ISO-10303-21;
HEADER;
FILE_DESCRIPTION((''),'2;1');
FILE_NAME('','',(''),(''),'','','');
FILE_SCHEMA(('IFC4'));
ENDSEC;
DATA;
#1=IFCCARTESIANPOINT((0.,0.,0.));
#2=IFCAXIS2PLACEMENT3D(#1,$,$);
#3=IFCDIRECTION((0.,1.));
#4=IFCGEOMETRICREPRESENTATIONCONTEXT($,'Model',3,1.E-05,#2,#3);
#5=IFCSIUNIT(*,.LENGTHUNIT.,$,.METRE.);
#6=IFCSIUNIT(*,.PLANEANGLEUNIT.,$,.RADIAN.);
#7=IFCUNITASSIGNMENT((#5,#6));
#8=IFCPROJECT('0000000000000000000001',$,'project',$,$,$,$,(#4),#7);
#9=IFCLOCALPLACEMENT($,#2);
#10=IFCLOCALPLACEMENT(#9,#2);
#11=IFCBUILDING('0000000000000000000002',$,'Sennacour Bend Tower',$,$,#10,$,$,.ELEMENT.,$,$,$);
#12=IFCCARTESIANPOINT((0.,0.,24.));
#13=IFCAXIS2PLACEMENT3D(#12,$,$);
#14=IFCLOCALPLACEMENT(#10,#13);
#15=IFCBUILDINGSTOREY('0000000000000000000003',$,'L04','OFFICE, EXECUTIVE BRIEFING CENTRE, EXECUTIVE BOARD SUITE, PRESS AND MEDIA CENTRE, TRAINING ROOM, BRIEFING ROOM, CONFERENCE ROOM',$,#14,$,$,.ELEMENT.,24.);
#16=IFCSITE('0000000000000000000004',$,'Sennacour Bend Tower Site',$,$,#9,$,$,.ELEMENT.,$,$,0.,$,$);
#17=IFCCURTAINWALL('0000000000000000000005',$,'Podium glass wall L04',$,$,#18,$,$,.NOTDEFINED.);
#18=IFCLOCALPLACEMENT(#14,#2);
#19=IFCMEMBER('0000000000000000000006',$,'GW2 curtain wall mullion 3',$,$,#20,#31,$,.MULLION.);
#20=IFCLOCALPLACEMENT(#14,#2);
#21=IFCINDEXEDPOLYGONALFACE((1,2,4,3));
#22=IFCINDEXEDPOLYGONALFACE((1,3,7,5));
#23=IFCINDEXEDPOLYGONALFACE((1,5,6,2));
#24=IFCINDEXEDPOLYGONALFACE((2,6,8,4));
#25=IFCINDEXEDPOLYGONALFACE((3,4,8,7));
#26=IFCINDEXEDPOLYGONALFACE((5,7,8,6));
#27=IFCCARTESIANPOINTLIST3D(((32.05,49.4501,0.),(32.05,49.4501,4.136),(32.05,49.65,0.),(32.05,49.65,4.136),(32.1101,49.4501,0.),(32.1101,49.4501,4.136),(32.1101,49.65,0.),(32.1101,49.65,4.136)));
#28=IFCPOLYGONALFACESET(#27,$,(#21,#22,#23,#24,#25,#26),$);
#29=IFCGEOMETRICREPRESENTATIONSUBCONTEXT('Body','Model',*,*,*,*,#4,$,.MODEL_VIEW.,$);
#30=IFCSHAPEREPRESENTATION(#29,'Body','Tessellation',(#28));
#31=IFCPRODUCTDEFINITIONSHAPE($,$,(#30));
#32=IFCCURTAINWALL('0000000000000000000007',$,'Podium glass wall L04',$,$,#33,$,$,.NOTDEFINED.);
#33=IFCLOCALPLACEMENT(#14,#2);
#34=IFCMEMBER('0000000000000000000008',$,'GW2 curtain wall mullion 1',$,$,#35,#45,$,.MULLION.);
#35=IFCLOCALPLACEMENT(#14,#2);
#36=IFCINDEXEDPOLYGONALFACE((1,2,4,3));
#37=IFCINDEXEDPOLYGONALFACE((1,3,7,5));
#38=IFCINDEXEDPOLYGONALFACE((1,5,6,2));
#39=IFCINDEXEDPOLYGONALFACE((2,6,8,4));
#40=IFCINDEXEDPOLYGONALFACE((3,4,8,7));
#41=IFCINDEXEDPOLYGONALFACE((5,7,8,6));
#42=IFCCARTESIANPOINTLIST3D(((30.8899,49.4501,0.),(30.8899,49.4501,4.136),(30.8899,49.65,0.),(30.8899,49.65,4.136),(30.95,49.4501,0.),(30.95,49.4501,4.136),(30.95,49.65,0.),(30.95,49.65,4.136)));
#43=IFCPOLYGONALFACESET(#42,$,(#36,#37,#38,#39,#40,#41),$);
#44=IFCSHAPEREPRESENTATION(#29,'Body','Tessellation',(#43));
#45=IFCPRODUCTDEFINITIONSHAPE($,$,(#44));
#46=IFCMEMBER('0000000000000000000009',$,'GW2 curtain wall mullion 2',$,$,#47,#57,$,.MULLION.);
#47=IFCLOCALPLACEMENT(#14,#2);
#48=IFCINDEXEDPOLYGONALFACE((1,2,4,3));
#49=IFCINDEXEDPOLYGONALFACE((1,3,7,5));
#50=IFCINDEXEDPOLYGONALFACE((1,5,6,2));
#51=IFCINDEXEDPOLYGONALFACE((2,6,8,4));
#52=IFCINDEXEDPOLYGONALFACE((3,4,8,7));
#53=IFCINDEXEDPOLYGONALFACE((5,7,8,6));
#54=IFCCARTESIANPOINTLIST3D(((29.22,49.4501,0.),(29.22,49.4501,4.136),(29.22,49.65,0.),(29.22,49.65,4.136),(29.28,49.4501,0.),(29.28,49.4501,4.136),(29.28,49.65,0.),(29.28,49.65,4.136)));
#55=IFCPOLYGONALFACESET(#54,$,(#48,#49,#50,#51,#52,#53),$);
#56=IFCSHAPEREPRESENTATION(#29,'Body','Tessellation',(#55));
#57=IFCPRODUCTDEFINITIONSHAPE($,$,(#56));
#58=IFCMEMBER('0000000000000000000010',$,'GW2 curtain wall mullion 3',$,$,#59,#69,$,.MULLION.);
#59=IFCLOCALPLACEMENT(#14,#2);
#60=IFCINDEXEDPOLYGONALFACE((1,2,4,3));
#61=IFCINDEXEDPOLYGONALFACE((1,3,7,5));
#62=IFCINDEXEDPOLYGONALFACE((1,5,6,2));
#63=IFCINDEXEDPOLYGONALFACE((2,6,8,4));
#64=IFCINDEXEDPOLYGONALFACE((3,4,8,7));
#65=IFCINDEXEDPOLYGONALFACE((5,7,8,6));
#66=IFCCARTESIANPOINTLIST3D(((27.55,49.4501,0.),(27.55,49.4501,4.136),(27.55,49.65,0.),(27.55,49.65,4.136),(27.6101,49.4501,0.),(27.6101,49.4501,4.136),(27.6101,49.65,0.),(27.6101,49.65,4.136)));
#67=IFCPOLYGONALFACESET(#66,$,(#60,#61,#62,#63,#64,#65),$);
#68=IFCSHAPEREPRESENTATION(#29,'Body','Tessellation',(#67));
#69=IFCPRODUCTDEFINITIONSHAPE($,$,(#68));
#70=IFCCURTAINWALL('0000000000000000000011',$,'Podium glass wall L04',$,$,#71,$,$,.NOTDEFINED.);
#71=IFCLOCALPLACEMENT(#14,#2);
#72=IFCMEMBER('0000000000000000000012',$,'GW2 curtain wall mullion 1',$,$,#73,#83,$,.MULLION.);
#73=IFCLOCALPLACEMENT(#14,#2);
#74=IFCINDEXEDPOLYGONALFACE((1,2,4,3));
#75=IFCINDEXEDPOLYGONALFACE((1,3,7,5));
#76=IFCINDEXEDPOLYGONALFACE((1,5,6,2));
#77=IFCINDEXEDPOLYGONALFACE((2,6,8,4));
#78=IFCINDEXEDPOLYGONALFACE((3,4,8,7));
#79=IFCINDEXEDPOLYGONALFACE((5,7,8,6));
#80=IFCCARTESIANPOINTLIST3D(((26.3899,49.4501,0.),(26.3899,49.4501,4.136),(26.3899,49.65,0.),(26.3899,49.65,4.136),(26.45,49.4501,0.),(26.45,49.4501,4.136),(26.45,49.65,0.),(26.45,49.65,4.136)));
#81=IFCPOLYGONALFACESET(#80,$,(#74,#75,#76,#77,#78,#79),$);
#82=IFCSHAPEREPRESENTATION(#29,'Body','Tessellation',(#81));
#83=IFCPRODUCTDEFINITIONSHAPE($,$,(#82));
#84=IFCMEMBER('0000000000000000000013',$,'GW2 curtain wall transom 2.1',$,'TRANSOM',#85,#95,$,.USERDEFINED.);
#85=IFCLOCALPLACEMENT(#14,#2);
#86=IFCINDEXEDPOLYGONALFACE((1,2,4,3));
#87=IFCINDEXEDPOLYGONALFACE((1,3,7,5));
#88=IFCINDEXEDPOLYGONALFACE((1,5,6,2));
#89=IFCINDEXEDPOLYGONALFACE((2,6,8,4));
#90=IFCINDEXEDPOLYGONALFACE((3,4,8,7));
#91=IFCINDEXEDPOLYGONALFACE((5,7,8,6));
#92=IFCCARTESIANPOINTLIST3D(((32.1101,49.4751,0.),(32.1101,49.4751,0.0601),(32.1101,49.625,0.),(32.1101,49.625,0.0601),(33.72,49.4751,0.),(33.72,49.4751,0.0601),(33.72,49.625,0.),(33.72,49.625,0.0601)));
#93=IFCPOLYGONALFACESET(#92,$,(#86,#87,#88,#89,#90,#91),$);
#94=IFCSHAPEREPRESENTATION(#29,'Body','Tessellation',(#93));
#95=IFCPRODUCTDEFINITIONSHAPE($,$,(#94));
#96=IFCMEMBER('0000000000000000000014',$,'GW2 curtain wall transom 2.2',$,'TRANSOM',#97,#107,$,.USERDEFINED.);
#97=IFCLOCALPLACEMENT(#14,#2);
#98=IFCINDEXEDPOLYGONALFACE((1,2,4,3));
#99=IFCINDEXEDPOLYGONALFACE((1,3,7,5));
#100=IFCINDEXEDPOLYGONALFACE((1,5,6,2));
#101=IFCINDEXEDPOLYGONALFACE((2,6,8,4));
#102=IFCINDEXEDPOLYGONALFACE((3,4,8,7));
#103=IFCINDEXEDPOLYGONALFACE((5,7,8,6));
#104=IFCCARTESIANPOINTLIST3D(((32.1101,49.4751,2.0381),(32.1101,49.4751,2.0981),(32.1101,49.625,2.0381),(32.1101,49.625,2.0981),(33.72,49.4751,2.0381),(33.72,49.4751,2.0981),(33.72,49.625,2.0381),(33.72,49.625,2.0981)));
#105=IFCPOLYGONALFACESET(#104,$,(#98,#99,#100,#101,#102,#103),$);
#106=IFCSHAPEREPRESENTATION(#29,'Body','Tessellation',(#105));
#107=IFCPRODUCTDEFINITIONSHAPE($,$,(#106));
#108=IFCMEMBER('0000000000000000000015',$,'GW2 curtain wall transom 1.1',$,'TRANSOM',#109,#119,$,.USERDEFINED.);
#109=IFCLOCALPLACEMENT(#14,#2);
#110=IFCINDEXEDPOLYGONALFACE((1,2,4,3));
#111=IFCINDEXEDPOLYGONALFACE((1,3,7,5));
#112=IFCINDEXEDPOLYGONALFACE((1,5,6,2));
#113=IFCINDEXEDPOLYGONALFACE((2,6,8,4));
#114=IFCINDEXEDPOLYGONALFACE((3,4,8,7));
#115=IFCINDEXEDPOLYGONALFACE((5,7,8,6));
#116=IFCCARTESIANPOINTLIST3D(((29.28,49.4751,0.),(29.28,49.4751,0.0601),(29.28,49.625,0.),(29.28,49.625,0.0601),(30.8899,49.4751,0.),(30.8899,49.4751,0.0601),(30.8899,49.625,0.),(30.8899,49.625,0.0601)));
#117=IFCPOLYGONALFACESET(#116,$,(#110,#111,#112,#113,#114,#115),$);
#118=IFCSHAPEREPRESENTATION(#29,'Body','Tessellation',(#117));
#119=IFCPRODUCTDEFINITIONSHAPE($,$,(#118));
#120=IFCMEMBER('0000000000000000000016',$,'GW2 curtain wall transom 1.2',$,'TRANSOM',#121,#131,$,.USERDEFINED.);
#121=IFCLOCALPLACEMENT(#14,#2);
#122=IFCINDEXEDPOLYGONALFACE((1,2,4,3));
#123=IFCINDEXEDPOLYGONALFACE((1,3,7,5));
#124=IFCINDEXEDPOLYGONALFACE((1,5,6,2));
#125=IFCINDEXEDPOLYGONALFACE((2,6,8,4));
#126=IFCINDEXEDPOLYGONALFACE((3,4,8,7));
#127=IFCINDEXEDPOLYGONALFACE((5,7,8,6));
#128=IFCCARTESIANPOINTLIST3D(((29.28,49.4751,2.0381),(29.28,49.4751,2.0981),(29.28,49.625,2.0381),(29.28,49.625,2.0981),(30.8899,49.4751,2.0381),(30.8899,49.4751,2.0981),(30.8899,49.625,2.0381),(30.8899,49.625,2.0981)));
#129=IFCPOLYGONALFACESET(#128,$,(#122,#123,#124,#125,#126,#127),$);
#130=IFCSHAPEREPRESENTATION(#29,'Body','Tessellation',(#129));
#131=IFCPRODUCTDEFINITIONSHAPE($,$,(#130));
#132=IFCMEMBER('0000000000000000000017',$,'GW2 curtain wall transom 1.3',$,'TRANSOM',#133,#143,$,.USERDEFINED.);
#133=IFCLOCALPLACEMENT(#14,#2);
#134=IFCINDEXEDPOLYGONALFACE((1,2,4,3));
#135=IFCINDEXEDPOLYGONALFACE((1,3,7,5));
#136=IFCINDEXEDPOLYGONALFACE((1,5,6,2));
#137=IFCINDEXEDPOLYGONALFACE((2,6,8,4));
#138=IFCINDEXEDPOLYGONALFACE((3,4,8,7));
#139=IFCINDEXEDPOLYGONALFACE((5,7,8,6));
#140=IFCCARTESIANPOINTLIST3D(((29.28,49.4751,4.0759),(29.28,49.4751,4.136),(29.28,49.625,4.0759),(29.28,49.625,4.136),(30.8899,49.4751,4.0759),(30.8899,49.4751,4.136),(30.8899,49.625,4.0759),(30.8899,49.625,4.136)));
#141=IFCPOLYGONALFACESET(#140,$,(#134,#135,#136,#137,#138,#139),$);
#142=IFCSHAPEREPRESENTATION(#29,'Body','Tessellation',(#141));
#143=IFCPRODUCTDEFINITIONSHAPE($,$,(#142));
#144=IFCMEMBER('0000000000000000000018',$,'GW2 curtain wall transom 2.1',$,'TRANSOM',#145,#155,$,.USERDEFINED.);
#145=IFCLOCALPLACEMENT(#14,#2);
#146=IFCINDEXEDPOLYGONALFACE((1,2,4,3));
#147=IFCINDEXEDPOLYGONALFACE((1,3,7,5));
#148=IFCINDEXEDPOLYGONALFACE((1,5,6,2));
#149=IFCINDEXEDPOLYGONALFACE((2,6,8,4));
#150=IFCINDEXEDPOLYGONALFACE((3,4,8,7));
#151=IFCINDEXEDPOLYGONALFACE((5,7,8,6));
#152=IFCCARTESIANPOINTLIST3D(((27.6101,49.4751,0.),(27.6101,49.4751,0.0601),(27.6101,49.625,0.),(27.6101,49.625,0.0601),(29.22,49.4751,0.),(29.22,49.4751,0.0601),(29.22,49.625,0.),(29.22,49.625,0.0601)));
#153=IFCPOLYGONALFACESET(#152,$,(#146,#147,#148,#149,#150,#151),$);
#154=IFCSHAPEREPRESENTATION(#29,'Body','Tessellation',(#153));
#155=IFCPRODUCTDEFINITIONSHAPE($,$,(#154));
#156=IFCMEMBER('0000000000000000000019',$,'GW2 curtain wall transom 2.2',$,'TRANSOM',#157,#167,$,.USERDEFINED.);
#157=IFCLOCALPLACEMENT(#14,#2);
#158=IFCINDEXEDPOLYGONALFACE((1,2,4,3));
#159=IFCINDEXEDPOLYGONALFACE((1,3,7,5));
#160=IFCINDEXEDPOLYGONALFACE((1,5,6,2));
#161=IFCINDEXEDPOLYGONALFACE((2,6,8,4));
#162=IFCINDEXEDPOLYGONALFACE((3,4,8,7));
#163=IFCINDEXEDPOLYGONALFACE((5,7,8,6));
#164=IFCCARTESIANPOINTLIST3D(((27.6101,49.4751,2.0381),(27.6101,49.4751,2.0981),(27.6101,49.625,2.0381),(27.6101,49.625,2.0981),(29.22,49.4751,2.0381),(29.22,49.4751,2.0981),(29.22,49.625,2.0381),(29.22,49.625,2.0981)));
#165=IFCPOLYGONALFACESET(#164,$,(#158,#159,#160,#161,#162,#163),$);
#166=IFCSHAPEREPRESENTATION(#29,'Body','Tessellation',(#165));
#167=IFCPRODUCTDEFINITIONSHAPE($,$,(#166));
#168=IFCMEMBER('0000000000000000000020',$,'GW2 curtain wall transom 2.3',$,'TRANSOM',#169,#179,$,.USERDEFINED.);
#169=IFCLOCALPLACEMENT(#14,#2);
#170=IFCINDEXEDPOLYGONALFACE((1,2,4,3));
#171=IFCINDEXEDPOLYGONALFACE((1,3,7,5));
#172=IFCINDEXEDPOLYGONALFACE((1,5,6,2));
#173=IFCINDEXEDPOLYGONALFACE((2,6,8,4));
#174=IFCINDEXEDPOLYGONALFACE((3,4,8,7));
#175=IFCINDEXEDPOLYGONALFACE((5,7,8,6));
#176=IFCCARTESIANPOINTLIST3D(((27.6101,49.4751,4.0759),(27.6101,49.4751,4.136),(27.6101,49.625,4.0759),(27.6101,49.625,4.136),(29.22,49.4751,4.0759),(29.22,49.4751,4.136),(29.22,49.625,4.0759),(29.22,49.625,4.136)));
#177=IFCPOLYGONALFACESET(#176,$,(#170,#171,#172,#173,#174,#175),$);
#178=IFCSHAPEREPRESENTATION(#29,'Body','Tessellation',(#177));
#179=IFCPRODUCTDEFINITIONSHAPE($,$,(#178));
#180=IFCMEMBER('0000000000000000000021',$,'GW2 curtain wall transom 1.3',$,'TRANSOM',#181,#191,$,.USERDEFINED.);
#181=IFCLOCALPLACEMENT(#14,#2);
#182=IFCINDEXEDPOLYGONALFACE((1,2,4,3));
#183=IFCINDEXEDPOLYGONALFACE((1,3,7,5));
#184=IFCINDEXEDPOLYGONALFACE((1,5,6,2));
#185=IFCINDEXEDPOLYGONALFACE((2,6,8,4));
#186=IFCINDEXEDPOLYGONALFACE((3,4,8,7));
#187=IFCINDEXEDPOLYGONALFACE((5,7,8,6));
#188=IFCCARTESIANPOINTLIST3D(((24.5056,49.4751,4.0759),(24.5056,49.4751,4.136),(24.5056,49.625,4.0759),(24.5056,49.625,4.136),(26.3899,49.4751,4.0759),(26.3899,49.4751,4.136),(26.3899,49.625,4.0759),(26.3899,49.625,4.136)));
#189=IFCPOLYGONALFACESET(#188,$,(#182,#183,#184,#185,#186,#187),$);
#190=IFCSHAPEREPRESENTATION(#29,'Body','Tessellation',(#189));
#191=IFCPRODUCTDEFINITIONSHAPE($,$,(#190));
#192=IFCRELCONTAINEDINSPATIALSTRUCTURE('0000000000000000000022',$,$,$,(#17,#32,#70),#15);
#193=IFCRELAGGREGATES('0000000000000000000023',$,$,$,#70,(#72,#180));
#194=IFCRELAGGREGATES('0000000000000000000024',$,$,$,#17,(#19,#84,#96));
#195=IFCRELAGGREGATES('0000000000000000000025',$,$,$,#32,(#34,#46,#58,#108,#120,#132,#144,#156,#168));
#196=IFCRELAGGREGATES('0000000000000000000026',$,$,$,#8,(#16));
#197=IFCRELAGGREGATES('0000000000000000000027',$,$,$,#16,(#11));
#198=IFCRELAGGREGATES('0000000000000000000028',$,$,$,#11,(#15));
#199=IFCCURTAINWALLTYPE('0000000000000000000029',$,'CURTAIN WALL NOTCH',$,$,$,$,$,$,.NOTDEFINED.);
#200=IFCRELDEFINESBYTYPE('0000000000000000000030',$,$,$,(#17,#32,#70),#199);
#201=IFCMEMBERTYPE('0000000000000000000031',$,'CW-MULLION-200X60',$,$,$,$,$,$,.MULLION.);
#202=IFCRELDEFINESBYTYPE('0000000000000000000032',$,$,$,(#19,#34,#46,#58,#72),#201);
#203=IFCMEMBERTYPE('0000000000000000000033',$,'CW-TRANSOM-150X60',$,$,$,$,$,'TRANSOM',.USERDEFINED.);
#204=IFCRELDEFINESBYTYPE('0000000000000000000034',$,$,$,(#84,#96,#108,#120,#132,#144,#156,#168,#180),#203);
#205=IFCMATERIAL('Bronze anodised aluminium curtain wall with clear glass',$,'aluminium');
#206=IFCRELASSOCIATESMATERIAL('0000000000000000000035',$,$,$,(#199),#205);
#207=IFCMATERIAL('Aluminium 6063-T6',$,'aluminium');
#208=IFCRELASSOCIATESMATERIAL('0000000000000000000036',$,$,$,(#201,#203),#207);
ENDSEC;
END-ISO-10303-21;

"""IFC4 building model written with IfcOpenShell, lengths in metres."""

from ifc_helpers import new_model, si_unit, direction, frame, origin, origin_2d, place, context, subcontext, project, spatial, rectangle, extrude, material, material_profile, profile_set, type_object, element, aggregate, save


model = new_model("IFC4")

# Units and contexts
model_context = context("Model", 3, precision=1e-05, world=origin(), true_north=direction((0.0, 1.0)))
body_context = subcontext(model_context, "Body", "Model", "MODEL_VIEW")
ifc_project = project(units=[si_unit("LENGTHUNIT", "METRE"), si_unit("PLANEANGLEUNIT", "RADIAN")], contexts=[model_context])

# Site, building, storey
site_placement = place(None, origin())
site = spatial("IfcSite", under=ifc_project, at=site_placement, Name="Sennacour Bend Tower Site", CompositionType="ELEMENT", RefElevation=0.0)
building_placement = place(site_placement, origin())
building = spatial("IfcBuilding", under=site, at=building_placement, Name="Sennacour Bend Tower", CompositionType="ELEMENT")
storey_placement = place(building_placement, frame((0.0, 0.0, 24.0)))
storey = spatial("IfcBuildingStorey", under=building, at=storey_placement, Name="L04", Description="OFFICE, EXECUTIVE BRIEFING CENTRE, EXECUTIVE BOARD SUITE, PRESS AND MEDIA CENTRE, TRAINING ROOM, BRIEFING ROOM, CONFERENCE ROOM", CompositionType="ELEMENT", Elevation=24.0)

# Curtain wall, member
ifc_material_1 = material(Name="Bronze anodised aluminium curtain wall with clear glass", Category="aluminium")
curtain_wall_type = type_object("IfcCurtainWallType", Name="CURTAIN WALL NOTCH", PredefinedType="NOTDEFINED", material=ifc_material_1)
curtain_wall_1_placement = place(storey_placement, origin())
curtain_wall_1 = element("IfcCurtainWall", 1, at=curtain_wall_1_placement, inside=storey, type_object=curtain_wall_type, Name="Podium glass wall L04", PredefinedType="NOTDEFINED")
ifc_material_2 = material(Name="Aluminium 6063-T6", Category="aluminium")
ifc_material_profile_1 = material_profile(ifc_material_2, rectangle(XDim=0.2, YDim=0.0601, at=origin_2d()), Name="Aluminium 6063-T6", Category="aluminium")
ifc_profile_set_1 = profile_set([ifc_material_profile_1], Name="Aluminium 6063-T6")
member_type_1 = type_object("IfcMemberType", Name="CW-MULLION-200X60", PredefinedType="MULLION", material=ifc_profile_set_1)
member_1_placement = place(storey_placement, frame((32.0801, 49.55, 0.0), z_axis=(0.0, 0.0, 1.0), x_axis=(0.0, -1.0, 0.0)))
member_1 = element("IfcMember", 2, at=member_1_placement, type_object=member_type_1, Name="GW2 curtain wall mullion 3", PredefinedType="MULLION", context=body_context, shape_type="SweptSolid", body=[
    extrude(rectangle(XDim=0.2, YDim=0.0601, at=origin_2d()), origin(), (0.0, 0.0, 1.0), 4.136),
])

# Curtain wall, members
curtain_wall_2_placement = place(storey_placement, origin())
curtain_wall_2 = element("IfcCurtainWall", 3, at=curtain_wall_2_placement, inside=storey, type_object=curtain_wall_type, Name="Podium glass wall L04", PredefinedType="NOTDEFINED")
member_2_placement = place(storey_placement, frame((30.9199, 49.55, 0.0), z_axis=(0.0, 0.0, 1.0), x_axis=(0.0, -1.0, 0.0)))
member_2 = element("IfcMember", 4, at=member_2_placement, type_object=member_type_1, Name="GW2 curtain wall mullion 1", PredefinedType="MULLION", context=body_context, shape_type="SweptSolid", body=[
    extrude(rectangle(XDim=0.2, YDim=0.0601, at=origin_2d()), origin(), (0.0, 0.0, 1.0), 4.136),
])
member_3_placement = place(storey_placement, frame((29.25, 49.55, 0.0), z_axis=(0.0, 0.0, 1.0), x_axis=(0.0, -1.0, 0.0)))
member_3 = element("IfcMember", 5, at=member_3_placement, type_object=member_type_1, Name="GW2 curtain wall mullion 2", PredefinedType="MULLION", context=body_context, shape_type="SweptSolid", body=[
    extrude(rectangle(XDim=0.2, YDim=0.0601, at=origin_2d()), origin(), (0.0, 0.0, 1.0), 4.136),
])
member_4_placement = place(storey_placement, frame((27.5801, 49.55, 0.0), z_axis=(0.0, 0.0, 1.0), x_axis=(0.0, -1.0, 0.0)))
member_4 = element("IfcMember", 6, at=member_4_placement, type_object=member_type_1, Name="GW2 curtain wall mullion 3", PredefinedType="MULLION", context=body_context, shape_type="SweptSolid", body=[
    extrude(rectangle(XDim=0.2, YDim=0.0601, at=origin_2d()), origin(), (0.0, 0.0, 1.0), 4.136),
])

# Curtain wall, member
curtain_wall_3_placement = place(storey_placement, origin())
curtain_wall_3 = element("IfcCurtainWall", 7, at=curtain_wall_3_placement, inside=storey, type_object=curtain_wall_type, Name="Podium glass wall L04", PredefinedType="NOTDEFINED")
member_5_placement = place(storey_placement, frame((26.4199, 49.55, 0.0), z_axis=(0.0, 0.0, 1.0), x_axis=(0.0, -1.0, 0.0)))
member_5 = element("IfcMember", 8, at=member_5_placement, type_object=member_type_1, Name="GW2 curtain wall mullion 1", PredefinedType="MULLION", context=body_context, shape_type="SweptSolid", body=[
    extrude(rectangle(XDim=0.2, YDim=0.0601, at=origin_2d()), origin(), (0.0, 0.0, 1.0), 4.136),
])

# Members
ifc_material_profile_2 = material_profile(ifc_material_2, rectangle(XDim=0.1499, YDim=0.0601, at=origin_2d()), Name="Aluminium 6063-T6", Category="aluminium")
ifc_profile_set_2 = profile_set([ifc_material_profile_2], Name="Aluminium 6063-T6")
member_type_2 = type_object("IfcMemberType", Name="CW-TRANSOM-150X60", ElementType="TRANSOM", PredefinedType="USERDEFINED", material=ifc_profile_set_2)
member_6_placement = place(storey_placement, frame((33.72, 49.55, 0.03), z_axis=(-1.0, 0.0, 0.0), x_axis=(0.0, -1.0, 0.0)))
member_6 = element("IfcMember", 9, at=member_6_placement, type_object=member_type_2, Name="GW2 curtain wall transom 2.1", ObjectType="TRANSOM", PredefinedType="USERDEFINED", context=body_context, shape_type="SweptSolid", body=[
    extrude(rectangle(XDim=0.1499, YDim=0.0601, at=origin_2d()), origin(), (0.0, 0.0, 1.0), 1.6099),
])
member_7_placement = place(storey_placement, frame((33.72, 49.55, 2.0681), z_axis=(-1.0, 0.0, 0.0), x_axis=(0.0, -1.0, 0.0)))
member_7 = element("IfcMember", 10, at=member_7_placement, type_object=member_type_2, Name="GW2 curtain wall transom 2.2", ObjectType="TRANSOM", PredefinedType="USERDEFINED", context=body_context, shape_type="SweptSolid", body=[
    extrude(rectangle(XDim=0.1499, YDim=0.0601, at=origin_2d()), origin(), (0.0, 0.0, 1.0), 1.6099),
])
member_8_placement = place(storey_placement, frame((30.8899, 49.55, 0.03), z_axis=(-1.0, 0.0, 0.0), x_axis=(0.0, -1.0, 0.0)))
member_8 = element("IfcMember", 11, at=member_8_placement, type_object=member_type_2, Name="GW2 curtain wall transom 1.1", ObjectType="TRANSOM", PredefinedType="USERDEFINED", context=body_context, shape_type="SweptSolid", body=[
    extrude(rectangle(XDim=0.1499, YDim=0.0601, at=origin_2d()), origin(), (0.0, 0.0, 1.0), 1.6099),
])
member_9_placement = place(storey_placement, frame((30.8899, 49.55, 2.0681), z_axis=(-1.0, 0.0, 0.0), x_axis=(0.0, -1.0, 0.0)))
member_9 = element("IfcMember", 12, at=member_9_placement, type_object=member_type_2, Name="GW2 curtain wall transom 1.2", ObjectType="TRANSOM", PredefinedType="USERDEFINED", context=body_context, shape_type="SweptSolid", body=[
    extrude(rectangle(XDim=0.1499, YDim=0.0601, at=origin_2d()), origin(), (0.0, 0.0, 1.0), 1.6099),
])
member_10_placement = place(storey_placement, frame((30.8899, 49.55, 4.106), z_axis=(-1.0, 0.0, 0.0), x_axis=(0.0, -1.0, 0.0)))
member_10 = element("IfcMember", 13, at=member_10_placement, type_object=member_type_2, Name="GW2 curtain wall transom 1.3", ObjectType="TRANSOM", PredefinedType="USERDEFINED", context=body_context, shape_type="SweptSolid", body=[
    extrude(rectangle(XDim=0.1499, YDim=0.0601, at=origin_2d()), origin(), (0.0, 0.0, 1.0), 1.6099),
])
member_11_placement = place(storey_placement, frame((29.22, 49.55, 0.03), z_axis=(-1.0, 0.0, 0.0), x_axis=(0.0, -1.0, 0.0)))
member_11 = element("IfcMember", 14, at=member_11_placement, type_object=member_type_2, Name="GW2 curtain wall transom 2.1", ObjectType="TRANSOM", PredefinedType="USERDEFINED", context=body_context, shape_type="SweptSolid", body=[
    extrude(rectangle(XDim=0.1499, YDim=0.0601, at=origin_2d()), origin(), (0.0, 0.0, 1.0), 1.6099),
])
member_12_placement = place(storey_placement, frame((29.22, 49.55, 2.0681), z_axis=(-1.0, 0.0, 0.0), x_axis=(0.0, -1.0, 0.0)))
member_12 = element("IfcMember", 15, at=member_12_placement, type_object=member_type_2, Name="GW2 curtain wall transom 2.2", ObjectType="TRANSOM", PredefinedType="USERDEFINED", context=body_context, shape_type="SweptSolid", body=[
    extrude(rectangle(XDim=0.1499, YDim=0.0601, at=origin_2d()), origin(), (0.0, 0.0, 1.0), 1.6099),
])
member_13_placement = place(storey_placement, frame((29.22, 49.55, 4.106), z_axis=(-1.0, 0.0, 0.0), x_axis=(0.0, -1.0, 0.0)))
member_13 = element("IfcMember", 16, at=member_13_placement, type_object=member_type_2, Name="GW2 curtain wall transom 2.3", ObjectType="TRANSOM", PredefinedType="USERDEFINED", context=body_context, shape_type="SweptSolid", body=[
    extrude(rectangle(XDim=0.1499, YDim=0.0601, at=origin_2d()), origin(), (0.0, 0.0, 1.0), 1.6099),
])
member_14_placement = place(storey_placement, frame((26.3899, 49.55, 4.106), z_axis=(-1.0, 0.0, 0.0), x_axis=(0.0, -1.0, 0.0)))
member_14 = element("IfcMember", 17, at=member_14_placement, type_object=member_type_2, Name="GW2 curtain wall transom 1.3", ObjectType="TRANSOM", PredefinedType="USERDEFINED", context=body_context, shape_type="SweptSolid", body=[
    extrude(rectangle(XDim=0.1499, YDim=0.0601, at=origin_2d()), origin(), (0.0, 0.0, 1.0), 1.8843),
])
aggregate(curtain_wall_3, [member_5, member_14])

aggregate(curtain_wall_1, [member_1, member_6, member_7])
aggregate(curtain_wall_2, [member_2, member_3, member_4, member_8, member_9, member_10, member_11, member_12, member_13])

save(model, "model.ifc")
